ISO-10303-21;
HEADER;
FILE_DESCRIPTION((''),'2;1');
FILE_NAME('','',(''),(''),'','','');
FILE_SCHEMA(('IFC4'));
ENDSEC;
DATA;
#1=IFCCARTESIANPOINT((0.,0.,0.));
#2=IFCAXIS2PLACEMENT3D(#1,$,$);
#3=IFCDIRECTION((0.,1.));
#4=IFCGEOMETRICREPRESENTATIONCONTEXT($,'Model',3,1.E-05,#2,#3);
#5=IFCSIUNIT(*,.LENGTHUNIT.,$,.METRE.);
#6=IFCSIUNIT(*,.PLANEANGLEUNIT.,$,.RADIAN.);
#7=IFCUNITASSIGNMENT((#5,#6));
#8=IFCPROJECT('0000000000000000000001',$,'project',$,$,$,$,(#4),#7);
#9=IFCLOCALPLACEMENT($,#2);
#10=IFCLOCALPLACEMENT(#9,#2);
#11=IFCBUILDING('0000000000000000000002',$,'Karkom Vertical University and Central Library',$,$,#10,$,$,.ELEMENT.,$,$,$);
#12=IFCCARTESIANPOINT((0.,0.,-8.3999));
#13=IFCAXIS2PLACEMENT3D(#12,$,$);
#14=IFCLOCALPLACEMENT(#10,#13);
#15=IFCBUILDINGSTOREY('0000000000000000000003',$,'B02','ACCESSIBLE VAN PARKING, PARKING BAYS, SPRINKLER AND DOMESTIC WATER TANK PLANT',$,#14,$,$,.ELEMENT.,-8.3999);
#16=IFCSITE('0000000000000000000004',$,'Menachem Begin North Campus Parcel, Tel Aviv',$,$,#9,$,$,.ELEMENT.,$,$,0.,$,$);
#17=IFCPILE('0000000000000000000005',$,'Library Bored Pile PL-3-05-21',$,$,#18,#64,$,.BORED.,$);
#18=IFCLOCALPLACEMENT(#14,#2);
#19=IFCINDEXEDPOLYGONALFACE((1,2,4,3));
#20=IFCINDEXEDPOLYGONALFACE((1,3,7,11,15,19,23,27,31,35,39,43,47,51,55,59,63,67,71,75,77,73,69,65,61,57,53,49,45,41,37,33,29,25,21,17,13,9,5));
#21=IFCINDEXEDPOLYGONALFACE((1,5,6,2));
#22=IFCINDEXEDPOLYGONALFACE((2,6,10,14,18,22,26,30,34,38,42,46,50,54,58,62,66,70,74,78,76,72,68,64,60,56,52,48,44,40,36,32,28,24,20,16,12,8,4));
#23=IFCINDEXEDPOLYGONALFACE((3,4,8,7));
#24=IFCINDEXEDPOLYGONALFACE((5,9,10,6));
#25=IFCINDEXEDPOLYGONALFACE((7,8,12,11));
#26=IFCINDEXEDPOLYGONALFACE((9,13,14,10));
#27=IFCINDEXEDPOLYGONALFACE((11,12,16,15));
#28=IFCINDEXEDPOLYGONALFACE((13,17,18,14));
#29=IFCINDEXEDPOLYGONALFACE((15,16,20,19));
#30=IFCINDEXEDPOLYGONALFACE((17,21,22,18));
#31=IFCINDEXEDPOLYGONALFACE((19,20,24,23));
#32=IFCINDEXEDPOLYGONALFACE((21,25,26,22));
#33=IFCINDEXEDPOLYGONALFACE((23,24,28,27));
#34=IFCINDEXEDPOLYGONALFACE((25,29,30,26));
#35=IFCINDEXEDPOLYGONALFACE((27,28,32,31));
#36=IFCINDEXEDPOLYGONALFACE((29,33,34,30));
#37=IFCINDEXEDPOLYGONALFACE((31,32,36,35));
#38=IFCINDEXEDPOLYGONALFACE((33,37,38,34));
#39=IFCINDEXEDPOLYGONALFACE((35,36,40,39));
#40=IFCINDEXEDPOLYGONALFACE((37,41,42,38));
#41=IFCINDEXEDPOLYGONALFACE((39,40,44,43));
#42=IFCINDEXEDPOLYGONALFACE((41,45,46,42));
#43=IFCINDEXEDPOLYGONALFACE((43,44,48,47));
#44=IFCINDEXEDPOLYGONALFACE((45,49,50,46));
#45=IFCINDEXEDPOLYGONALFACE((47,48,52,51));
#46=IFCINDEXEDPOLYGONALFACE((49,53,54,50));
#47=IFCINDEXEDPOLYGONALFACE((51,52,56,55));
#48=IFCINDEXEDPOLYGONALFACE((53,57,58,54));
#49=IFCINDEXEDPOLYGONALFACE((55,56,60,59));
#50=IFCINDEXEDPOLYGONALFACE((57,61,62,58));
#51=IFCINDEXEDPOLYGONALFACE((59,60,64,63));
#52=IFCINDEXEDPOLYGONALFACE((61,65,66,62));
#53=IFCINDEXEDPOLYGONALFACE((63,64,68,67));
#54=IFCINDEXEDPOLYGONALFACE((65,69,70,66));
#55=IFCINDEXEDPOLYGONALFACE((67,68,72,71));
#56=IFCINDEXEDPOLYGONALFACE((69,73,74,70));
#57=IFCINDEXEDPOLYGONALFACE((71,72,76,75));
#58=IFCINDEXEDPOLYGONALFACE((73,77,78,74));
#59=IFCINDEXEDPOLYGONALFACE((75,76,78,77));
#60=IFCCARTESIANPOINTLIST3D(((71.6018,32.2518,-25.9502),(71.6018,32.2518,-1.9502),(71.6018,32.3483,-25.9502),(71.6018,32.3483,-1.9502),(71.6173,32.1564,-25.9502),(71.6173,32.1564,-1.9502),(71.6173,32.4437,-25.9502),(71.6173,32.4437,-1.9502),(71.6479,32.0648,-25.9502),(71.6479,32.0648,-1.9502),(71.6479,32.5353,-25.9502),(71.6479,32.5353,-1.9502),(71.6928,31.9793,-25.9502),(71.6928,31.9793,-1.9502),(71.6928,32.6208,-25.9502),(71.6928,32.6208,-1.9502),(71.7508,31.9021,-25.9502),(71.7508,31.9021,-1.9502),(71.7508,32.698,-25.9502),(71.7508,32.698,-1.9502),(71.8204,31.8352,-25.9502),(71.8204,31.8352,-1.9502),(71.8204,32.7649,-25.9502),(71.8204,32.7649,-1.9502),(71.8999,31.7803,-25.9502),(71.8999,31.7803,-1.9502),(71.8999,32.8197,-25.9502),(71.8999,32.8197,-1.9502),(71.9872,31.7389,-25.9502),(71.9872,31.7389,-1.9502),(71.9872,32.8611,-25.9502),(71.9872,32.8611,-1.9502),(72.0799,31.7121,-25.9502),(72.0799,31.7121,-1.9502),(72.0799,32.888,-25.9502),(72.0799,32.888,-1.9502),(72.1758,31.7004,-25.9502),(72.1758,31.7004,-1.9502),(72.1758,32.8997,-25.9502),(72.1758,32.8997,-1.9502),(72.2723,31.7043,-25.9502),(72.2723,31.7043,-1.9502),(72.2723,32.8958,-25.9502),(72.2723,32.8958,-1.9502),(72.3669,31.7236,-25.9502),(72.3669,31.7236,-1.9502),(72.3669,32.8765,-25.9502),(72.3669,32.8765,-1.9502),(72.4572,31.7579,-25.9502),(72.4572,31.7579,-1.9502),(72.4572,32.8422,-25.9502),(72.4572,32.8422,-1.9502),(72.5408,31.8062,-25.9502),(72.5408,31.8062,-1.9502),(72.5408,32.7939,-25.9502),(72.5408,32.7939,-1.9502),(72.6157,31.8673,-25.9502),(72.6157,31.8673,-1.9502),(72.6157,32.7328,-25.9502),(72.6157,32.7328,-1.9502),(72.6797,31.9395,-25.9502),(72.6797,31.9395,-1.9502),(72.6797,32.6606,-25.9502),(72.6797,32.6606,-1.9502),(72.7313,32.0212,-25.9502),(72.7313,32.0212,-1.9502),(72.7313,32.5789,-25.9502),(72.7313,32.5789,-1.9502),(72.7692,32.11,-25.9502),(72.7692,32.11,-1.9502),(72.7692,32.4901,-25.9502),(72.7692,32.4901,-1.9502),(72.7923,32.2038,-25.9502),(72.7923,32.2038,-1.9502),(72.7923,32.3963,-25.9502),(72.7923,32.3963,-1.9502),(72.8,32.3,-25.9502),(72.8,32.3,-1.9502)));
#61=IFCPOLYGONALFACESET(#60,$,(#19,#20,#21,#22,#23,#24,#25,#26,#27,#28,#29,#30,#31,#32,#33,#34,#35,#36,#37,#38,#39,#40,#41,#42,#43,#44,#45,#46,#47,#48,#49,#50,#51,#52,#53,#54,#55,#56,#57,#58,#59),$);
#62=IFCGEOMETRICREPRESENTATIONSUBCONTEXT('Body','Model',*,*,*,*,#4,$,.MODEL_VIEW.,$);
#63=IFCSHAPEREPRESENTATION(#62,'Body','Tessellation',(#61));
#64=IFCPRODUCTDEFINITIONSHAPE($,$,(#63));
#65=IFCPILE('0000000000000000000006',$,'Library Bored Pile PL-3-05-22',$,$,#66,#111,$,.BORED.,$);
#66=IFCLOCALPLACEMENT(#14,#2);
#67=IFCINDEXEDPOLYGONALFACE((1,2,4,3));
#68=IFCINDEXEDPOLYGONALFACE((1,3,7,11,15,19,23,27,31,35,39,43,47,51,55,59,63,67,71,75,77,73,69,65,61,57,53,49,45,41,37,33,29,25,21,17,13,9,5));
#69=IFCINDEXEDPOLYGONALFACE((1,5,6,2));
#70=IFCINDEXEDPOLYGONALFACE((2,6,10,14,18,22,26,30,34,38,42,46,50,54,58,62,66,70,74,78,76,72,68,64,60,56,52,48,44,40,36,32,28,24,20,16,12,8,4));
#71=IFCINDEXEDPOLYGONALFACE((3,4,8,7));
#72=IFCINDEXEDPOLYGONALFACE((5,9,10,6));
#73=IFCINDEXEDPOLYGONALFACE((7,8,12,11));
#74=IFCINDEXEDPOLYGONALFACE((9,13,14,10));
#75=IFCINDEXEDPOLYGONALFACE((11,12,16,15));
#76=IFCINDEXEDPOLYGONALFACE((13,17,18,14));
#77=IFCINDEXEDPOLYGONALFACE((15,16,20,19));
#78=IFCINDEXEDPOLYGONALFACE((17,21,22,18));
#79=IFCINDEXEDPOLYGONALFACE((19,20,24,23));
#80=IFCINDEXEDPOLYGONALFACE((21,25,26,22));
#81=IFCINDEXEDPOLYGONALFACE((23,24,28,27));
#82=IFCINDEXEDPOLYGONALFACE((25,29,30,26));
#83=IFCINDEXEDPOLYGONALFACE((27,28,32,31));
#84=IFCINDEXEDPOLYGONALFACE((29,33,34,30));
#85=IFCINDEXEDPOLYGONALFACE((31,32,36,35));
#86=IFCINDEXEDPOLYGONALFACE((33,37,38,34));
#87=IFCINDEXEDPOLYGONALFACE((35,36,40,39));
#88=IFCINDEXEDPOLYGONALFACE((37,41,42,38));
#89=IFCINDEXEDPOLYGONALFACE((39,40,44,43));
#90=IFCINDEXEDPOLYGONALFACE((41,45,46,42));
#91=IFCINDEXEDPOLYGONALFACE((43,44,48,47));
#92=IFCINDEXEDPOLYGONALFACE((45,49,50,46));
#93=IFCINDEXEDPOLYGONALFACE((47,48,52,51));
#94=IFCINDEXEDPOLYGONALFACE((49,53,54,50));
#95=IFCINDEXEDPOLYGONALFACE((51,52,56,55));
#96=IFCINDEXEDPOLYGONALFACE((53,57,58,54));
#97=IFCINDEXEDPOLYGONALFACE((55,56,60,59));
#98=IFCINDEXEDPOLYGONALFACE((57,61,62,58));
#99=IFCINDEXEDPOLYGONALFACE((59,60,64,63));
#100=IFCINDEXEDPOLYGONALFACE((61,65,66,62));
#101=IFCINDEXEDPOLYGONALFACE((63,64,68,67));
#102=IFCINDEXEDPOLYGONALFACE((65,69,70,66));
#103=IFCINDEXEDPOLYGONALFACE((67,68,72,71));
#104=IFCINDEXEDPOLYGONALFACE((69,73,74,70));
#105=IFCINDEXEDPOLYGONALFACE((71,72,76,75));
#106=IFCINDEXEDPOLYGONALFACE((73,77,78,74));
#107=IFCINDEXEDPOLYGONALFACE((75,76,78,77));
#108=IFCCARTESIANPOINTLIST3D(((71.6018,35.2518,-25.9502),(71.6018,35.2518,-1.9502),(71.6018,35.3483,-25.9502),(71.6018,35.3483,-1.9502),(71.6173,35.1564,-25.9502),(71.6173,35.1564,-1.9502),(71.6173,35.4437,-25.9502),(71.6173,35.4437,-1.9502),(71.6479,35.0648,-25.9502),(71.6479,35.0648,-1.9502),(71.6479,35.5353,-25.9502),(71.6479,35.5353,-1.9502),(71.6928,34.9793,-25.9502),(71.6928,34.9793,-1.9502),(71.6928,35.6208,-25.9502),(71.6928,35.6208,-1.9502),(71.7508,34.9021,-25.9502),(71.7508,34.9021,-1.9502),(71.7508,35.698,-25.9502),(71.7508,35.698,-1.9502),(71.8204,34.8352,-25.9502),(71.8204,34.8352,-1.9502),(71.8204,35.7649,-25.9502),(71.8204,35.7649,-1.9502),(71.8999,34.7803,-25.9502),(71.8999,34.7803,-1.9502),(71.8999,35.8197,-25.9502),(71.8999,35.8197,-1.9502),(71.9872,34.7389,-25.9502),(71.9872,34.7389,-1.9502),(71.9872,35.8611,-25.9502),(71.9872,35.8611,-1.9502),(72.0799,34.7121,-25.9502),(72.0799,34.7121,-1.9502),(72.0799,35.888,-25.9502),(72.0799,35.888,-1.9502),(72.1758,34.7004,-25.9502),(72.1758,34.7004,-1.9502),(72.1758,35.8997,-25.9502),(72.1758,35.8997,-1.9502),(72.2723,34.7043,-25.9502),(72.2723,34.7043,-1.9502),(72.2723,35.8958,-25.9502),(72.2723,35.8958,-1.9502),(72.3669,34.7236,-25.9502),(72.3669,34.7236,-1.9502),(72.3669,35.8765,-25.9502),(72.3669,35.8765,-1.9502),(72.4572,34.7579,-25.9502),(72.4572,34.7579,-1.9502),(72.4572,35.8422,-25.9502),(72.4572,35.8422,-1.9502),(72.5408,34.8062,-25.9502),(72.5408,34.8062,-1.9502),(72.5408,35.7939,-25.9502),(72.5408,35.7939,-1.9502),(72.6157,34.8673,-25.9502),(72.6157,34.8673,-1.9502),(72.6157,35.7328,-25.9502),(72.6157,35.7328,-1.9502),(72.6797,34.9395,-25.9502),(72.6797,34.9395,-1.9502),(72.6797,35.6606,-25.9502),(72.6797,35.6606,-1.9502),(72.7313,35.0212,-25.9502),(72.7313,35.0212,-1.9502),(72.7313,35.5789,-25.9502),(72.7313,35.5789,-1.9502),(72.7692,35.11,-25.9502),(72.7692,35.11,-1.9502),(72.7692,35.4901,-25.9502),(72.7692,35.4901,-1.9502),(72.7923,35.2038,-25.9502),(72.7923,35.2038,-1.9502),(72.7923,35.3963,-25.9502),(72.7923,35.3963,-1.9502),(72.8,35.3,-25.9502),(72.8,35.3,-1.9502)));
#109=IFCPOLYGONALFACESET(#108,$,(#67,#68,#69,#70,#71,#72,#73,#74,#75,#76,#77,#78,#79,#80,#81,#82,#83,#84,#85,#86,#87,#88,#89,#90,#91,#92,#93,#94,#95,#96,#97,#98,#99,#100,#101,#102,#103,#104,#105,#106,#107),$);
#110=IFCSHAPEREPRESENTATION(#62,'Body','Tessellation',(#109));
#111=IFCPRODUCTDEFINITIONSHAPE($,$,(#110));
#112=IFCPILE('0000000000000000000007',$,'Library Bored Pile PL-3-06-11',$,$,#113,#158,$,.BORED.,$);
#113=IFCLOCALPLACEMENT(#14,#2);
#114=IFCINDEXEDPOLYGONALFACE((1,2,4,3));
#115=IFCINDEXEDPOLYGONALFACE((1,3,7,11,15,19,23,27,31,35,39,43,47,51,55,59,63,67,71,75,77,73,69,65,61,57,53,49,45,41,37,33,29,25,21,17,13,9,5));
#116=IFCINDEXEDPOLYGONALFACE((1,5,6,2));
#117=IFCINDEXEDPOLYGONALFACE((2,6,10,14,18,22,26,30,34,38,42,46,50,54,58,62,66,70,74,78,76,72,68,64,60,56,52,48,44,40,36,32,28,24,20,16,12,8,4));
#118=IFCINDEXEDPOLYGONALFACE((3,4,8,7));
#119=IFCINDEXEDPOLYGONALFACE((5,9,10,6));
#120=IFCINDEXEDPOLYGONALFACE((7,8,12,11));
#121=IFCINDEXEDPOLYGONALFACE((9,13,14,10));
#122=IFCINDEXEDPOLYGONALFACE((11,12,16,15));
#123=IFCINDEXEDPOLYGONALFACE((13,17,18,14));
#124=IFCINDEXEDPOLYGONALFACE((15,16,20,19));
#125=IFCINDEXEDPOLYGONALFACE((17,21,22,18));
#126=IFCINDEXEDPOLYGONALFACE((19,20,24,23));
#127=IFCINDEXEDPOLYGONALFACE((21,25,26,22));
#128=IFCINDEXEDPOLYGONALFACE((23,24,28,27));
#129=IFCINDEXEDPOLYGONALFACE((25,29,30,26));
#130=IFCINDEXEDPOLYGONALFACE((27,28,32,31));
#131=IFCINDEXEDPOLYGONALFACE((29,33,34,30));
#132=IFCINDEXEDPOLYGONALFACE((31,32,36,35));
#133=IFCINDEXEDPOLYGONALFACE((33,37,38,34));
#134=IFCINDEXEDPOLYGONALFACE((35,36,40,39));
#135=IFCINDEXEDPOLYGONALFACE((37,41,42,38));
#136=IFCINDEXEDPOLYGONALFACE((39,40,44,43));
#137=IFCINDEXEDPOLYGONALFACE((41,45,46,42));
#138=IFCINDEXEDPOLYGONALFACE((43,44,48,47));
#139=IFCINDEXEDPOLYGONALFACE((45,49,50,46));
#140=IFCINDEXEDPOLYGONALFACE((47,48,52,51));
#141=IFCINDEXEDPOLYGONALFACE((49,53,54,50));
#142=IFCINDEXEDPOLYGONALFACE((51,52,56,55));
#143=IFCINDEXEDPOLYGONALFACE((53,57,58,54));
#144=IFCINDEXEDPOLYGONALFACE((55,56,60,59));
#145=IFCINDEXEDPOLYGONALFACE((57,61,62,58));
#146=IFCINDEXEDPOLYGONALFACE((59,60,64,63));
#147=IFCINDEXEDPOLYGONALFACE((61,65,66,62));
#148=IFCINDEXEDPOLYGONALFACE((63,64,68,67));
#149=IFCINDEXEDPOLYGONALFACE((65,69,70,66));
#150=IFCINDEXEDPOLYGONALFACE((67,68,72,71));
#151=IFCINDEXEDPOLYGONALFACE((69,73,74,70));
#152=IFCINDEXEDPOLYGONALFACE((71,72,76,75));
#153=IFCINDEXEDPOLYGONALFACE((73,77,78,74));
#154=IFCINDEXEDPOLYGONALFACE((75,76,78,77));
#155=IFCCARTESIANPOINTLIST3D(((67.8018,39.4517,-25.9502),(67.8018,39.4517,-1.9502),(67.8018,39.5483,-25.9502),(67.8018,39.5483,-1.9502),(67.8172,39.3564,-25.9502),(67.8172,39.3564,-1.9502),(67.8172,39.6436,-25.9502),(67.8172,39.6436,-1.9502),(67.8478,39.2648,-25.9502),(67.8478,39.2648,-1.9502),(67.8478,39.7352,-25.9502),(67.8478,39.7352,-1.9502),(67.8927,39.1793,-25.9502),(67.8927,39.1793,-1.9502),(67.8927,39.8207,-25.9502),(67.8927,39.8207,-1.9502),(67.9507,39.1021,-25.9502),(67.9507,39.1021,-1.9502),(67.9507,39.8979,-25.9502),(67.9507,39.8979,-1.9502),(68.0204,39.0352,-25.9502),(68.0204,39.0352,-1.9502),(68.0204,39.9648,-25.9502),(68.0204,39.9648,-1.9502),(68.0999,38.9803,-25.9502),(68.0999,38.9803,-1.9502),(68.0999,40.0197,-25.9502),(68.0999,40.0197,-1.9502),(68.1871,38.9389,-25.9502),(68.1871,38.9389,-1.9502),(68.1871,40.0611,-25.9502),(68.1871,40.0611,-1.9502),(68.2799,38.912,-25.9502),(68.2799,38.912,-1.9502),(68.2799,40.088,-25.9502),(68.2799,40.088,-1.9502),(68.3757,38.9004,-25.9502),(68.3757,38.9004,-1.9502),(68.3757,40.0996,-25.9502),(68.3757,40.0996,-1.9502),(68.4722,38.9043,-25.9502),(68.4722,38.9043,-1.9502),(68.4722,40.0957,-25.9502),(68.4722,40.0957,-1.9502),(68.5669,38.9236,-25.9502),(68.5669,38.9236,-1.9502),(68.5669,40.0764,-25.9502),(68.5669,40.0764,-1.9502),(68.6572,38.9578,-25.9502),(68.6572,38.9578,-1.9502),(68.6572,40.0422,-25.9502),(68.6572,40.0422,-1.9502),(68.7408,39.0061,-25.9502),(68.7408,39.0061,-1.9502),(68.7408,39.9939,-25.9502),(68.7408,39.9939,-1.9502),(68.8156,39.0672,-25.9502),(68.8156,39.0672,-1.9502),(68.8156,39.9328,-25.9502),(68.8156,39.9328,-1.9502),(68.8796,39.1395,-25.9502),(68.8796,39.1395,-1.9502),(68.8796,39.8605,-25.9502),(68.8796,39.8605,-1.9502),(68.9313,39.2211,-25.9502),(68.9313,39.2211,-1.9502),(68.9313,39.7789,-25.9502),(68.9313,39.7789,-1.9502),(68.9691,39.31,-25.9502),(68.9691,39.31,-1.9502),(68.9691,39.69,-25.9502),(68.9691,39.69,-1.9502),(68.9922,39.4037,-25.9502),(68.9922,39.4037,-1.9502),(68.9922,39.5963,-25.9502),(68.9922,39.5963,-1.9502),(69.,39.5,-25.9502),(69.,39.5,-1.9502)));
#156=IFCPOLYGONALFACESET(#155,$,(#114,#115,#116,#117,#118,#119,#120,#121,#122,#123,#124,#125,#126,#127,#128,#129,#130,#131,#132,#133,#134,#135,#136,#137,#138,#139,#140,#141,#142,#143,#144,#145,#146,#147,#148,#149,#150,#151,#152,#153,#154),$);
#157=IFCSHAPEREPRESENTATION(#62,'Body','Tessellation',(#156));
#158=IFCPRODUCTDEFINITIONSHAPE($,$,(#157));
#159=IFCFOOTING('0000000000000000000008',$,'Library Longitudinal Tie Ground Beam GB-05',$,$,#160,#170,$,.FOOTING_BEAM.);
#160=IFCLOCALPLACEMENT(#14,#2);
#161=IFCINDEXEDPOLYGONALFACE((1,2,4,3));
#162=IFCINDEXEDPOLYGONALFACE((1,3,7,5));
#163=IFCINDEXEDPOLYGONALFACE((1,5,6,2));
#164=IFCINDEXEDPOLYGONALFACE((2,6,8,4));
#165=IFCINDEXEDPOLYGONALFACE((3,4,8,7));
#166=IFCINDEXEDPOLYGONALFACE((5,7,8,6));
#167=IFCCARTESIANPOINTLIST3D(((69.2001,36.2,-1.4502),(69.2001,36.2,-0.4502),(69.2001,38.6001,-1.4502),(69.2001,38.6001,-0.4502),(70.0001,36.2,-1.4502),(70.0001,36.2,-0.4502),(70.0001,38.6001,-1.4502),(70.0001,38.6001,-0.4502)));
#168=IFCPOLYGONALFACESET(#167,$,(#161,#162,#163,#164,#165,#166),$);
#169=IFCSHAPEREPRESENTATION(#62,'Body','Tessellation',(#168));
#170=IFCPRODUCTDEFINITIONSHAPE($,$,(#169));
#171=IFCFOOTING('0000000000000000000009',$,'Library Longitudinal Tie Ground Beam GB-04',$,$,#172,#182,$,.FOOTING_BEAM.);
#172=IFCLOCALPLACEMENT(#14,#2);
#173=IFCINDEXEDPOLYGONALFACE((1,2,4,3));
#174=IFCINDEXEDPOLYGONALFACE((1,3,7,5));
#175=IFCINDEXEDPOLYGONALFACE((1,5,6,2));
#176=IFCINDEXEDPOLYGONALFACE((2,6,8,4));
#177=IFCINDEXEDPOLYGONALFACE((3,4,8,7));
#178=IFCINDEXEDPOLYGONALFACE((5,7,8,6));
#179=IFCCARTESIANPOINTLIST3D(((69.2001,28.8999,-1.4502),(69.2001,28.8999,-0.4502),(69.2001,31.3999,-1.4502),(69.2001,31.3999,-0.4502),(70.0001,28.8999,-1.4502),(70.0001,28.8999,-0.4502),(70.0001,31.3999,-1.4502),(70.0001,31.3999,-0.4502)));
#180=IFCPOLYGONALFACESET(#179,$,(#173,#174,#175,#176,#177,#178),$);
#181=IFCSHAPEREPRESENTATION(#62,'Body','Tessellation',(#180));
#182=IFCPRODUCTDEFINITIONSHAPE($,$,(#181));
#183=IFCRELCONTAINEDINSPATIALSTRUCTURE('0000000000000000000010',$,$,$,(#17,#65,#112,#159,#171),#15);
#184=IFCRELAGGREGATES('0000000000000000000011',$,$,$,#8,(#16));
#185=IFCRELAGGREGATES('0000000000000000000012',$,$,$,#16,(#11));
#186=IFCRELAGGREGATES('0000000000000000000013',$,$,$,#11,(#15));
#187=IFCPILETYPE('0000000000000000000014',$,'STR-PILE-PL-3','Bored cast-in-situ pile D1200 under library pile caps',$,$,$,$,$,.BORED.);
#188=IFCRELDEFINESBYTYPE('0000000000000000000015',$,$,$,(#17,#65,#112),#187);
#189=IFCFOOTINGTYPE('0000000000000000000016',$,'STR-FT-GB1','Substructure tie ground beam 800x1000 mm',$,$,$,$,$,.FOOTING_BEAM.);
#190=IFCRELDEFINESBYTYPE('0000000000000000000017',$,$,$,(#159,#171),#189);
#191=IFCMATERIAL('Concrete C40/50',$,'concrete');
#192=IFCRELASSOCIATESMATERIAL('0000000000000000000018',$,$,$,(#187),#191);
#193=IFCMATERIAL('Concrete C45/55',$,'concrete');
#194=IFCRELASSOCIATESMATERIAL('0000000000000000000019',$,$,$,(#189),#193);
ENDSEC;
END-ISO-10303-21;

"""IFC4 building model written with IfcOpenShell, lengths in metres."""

from ifc_helpers import new_model, si_unit, direction, frame, origin, origin_with_axes, origin_2d, place, context, subcontext, project, spatial, rectangle, circle, extrude, source, transform, mapped, material, material_profile, profile_set, type_object, element, save


model = new_model("IFC4")

# Units and contexts
model_context = context("Model", 3, precision=1e-05, world=origin(), true_north=direction((0.0, 1.0)))
body_context = subcontext(model_context, "Body", "Model", "MODEL_VIEW")
ifc_project = project(units=[si_unit("LENGTHUNIT", "METRE"), si_unit("PLANEANGLEUNIT", "RADIAN")], contexts=[model_context])

# Site, building, storey
site_placement = place(None, origin())
site = spatial("IfcSite", under=ifc_project, at=site_placement, Name="Menachem Begin North Campus Parcel, Tel Aviv", CompositionType="ELEMENT", RefElevation=0.0)
building_placement = place(site_placement, origin())
building = spatial("IfcBuilding", under=site, at=building_placement, Name="Karkom Vertical University and Central Library", CompositionType="ELEMENT")
storey_placement = place(building_placement, frame((0.0, 0.0, -8.3999)))
storey = spatial("IfcBuildingStorey", under=building, at=storey_placement, Name="B02", Description="ACCESSIBLE VAN PARKING, PARKING BAYS, SPRINKLER AND DOMESTIC WATER TANK PLANT", CompositionType="ELEMENT", Elevation=-8.3999)

# Piles
ifc_material_1 = material(Name="Concrete C40/50", Category="concrete")
ifc_material_profile_1 = material_profile(ifc_material_1, circle(Radius=0.6001, at=origin_2d()), Name="PILE-D1200")
ifc_profile_set_1 = profile_set([ifc_material_profile_1], Name="Concrete C40/50")
pile_type = type_object("IfcPileType", Name="STR-PILE-PL-3", Description="Bored cast-in-situ pile D1200 under library pile caps", PredefinedType="BORED", material=ifc_profile_set_1)
shared_shape_1 = source(origin_with_axes(), body_context, "Body", "SweptSolid", [
    extrude(circle(Radius=0.6001, at=origin_2d()), origin(), (0.0, 0.0, 1.0), 24.0),
])
for number, where, z_axis, x_axis, name in (
    (1, (72.2, 32.3, -1.9502), (0.0, 0.0, -1.0), (1.0, 0.0, 0.0), "Library Bored Pile PL-3-05-21"),
    (2, (72.2, 35.3, -1.9502), (0.0, 0.0, -1.0), (1.0, 0.0, 0.0), "Library Bored Pile PL-3-05-22"),
    (3, (68.3999, 39.5, -1.9502), (0.0, 0.0, -1.0), (1.0, 0.0, 0.0), "Library Bored Pile PL-3-06-11"),
):
    element("IfcPile", number, at=place(storey_placement, frame(where, z_axis=z_axis, x_axis=x_axis)), inside=storey, type_object=pile_type, Name=name, PredefinedType="BORED", context=body_context, shape_type="MappedRepresentation", body=[
        mapped(shared_shape_1, transform((0.0, 0.0, 0.0), scale=1.0)),
    ])

# Footings
ifc_material_2 = material(Name="Concrete C45/55", Category="concrete")
ifc_material_profile_2 = material_profile(ifc_material_2, rectangle(XDim=0.8, YDim=1.0, at=origin_2d()), Name="GB-800x1000")
ifc_profile_set_2 = profile_set([ifc_material_profile_2], Name="Concrete C45/55")
footing_type = type_object("IfcFootingType", Name="STR-FT-GB1", Description="Substructure tie ground beam 800x1000 mm", PredefinedType="FOOTING_BEAM", material=ifc_profile_set_2)
shared_shape_2 = source(origin_with_axes(), body_context, "Body", "SweptSolid", [
    extrude(rectangle(XDim=0.8, YDim=1.0, at=origin_2d()), origin(), (0.0, 0.0, 1.0), 2.4001),
])
footing_1_placement = place(storey_placement, frame((69.6001, 36.2, -0.9502), z_axis=(0.0, 1.0, 0.0), x_axis=(-1.0, 0.0, 0.0)))
element("IfcFooting", 4, at=footing_1_placement, inside=storey, type_object=footing_type, Name="Library Longitudinal Tie Ground Beam GB-05", PredefinedType="FOOTING_BEAM", context=body_context, shape_type="MappedRepresentation", body=[
    mapped(shared_shape_2, transform((0.0, 0.0, 0.0), scale=1.0)),
])
shared_shape_3 = source(origin_with_axes(), body_context, "Body", "SweptSolid", [
    extrude(rectangle(XDim=0.8, YDim=1.0, at=origin_2d()), origin(), (0.0, 0.0, 1.0), 2.5),
])
footing_2_placement = place(storey_placement, frame((69.6001, 28.8999, -0.9502), z_axis=(0.0, 1.0, 0.0), x_axis=(-1.0, 0.0, 0.0)))
element("IfcFooting", 5, at=footing_2_placement, inside=storey, type_object=footing_type, Name="Library Longitudinal Tie Ground Beam GB-04", PredefinedType="FOOTING_BEAM", context=body_context, shape_type="MappedRepresentation", body=[
    mapped(shared_shape_3, transform((0.0, 0.0, 0.0), scale=1.0)),
])

save(model, "model.ifc")
